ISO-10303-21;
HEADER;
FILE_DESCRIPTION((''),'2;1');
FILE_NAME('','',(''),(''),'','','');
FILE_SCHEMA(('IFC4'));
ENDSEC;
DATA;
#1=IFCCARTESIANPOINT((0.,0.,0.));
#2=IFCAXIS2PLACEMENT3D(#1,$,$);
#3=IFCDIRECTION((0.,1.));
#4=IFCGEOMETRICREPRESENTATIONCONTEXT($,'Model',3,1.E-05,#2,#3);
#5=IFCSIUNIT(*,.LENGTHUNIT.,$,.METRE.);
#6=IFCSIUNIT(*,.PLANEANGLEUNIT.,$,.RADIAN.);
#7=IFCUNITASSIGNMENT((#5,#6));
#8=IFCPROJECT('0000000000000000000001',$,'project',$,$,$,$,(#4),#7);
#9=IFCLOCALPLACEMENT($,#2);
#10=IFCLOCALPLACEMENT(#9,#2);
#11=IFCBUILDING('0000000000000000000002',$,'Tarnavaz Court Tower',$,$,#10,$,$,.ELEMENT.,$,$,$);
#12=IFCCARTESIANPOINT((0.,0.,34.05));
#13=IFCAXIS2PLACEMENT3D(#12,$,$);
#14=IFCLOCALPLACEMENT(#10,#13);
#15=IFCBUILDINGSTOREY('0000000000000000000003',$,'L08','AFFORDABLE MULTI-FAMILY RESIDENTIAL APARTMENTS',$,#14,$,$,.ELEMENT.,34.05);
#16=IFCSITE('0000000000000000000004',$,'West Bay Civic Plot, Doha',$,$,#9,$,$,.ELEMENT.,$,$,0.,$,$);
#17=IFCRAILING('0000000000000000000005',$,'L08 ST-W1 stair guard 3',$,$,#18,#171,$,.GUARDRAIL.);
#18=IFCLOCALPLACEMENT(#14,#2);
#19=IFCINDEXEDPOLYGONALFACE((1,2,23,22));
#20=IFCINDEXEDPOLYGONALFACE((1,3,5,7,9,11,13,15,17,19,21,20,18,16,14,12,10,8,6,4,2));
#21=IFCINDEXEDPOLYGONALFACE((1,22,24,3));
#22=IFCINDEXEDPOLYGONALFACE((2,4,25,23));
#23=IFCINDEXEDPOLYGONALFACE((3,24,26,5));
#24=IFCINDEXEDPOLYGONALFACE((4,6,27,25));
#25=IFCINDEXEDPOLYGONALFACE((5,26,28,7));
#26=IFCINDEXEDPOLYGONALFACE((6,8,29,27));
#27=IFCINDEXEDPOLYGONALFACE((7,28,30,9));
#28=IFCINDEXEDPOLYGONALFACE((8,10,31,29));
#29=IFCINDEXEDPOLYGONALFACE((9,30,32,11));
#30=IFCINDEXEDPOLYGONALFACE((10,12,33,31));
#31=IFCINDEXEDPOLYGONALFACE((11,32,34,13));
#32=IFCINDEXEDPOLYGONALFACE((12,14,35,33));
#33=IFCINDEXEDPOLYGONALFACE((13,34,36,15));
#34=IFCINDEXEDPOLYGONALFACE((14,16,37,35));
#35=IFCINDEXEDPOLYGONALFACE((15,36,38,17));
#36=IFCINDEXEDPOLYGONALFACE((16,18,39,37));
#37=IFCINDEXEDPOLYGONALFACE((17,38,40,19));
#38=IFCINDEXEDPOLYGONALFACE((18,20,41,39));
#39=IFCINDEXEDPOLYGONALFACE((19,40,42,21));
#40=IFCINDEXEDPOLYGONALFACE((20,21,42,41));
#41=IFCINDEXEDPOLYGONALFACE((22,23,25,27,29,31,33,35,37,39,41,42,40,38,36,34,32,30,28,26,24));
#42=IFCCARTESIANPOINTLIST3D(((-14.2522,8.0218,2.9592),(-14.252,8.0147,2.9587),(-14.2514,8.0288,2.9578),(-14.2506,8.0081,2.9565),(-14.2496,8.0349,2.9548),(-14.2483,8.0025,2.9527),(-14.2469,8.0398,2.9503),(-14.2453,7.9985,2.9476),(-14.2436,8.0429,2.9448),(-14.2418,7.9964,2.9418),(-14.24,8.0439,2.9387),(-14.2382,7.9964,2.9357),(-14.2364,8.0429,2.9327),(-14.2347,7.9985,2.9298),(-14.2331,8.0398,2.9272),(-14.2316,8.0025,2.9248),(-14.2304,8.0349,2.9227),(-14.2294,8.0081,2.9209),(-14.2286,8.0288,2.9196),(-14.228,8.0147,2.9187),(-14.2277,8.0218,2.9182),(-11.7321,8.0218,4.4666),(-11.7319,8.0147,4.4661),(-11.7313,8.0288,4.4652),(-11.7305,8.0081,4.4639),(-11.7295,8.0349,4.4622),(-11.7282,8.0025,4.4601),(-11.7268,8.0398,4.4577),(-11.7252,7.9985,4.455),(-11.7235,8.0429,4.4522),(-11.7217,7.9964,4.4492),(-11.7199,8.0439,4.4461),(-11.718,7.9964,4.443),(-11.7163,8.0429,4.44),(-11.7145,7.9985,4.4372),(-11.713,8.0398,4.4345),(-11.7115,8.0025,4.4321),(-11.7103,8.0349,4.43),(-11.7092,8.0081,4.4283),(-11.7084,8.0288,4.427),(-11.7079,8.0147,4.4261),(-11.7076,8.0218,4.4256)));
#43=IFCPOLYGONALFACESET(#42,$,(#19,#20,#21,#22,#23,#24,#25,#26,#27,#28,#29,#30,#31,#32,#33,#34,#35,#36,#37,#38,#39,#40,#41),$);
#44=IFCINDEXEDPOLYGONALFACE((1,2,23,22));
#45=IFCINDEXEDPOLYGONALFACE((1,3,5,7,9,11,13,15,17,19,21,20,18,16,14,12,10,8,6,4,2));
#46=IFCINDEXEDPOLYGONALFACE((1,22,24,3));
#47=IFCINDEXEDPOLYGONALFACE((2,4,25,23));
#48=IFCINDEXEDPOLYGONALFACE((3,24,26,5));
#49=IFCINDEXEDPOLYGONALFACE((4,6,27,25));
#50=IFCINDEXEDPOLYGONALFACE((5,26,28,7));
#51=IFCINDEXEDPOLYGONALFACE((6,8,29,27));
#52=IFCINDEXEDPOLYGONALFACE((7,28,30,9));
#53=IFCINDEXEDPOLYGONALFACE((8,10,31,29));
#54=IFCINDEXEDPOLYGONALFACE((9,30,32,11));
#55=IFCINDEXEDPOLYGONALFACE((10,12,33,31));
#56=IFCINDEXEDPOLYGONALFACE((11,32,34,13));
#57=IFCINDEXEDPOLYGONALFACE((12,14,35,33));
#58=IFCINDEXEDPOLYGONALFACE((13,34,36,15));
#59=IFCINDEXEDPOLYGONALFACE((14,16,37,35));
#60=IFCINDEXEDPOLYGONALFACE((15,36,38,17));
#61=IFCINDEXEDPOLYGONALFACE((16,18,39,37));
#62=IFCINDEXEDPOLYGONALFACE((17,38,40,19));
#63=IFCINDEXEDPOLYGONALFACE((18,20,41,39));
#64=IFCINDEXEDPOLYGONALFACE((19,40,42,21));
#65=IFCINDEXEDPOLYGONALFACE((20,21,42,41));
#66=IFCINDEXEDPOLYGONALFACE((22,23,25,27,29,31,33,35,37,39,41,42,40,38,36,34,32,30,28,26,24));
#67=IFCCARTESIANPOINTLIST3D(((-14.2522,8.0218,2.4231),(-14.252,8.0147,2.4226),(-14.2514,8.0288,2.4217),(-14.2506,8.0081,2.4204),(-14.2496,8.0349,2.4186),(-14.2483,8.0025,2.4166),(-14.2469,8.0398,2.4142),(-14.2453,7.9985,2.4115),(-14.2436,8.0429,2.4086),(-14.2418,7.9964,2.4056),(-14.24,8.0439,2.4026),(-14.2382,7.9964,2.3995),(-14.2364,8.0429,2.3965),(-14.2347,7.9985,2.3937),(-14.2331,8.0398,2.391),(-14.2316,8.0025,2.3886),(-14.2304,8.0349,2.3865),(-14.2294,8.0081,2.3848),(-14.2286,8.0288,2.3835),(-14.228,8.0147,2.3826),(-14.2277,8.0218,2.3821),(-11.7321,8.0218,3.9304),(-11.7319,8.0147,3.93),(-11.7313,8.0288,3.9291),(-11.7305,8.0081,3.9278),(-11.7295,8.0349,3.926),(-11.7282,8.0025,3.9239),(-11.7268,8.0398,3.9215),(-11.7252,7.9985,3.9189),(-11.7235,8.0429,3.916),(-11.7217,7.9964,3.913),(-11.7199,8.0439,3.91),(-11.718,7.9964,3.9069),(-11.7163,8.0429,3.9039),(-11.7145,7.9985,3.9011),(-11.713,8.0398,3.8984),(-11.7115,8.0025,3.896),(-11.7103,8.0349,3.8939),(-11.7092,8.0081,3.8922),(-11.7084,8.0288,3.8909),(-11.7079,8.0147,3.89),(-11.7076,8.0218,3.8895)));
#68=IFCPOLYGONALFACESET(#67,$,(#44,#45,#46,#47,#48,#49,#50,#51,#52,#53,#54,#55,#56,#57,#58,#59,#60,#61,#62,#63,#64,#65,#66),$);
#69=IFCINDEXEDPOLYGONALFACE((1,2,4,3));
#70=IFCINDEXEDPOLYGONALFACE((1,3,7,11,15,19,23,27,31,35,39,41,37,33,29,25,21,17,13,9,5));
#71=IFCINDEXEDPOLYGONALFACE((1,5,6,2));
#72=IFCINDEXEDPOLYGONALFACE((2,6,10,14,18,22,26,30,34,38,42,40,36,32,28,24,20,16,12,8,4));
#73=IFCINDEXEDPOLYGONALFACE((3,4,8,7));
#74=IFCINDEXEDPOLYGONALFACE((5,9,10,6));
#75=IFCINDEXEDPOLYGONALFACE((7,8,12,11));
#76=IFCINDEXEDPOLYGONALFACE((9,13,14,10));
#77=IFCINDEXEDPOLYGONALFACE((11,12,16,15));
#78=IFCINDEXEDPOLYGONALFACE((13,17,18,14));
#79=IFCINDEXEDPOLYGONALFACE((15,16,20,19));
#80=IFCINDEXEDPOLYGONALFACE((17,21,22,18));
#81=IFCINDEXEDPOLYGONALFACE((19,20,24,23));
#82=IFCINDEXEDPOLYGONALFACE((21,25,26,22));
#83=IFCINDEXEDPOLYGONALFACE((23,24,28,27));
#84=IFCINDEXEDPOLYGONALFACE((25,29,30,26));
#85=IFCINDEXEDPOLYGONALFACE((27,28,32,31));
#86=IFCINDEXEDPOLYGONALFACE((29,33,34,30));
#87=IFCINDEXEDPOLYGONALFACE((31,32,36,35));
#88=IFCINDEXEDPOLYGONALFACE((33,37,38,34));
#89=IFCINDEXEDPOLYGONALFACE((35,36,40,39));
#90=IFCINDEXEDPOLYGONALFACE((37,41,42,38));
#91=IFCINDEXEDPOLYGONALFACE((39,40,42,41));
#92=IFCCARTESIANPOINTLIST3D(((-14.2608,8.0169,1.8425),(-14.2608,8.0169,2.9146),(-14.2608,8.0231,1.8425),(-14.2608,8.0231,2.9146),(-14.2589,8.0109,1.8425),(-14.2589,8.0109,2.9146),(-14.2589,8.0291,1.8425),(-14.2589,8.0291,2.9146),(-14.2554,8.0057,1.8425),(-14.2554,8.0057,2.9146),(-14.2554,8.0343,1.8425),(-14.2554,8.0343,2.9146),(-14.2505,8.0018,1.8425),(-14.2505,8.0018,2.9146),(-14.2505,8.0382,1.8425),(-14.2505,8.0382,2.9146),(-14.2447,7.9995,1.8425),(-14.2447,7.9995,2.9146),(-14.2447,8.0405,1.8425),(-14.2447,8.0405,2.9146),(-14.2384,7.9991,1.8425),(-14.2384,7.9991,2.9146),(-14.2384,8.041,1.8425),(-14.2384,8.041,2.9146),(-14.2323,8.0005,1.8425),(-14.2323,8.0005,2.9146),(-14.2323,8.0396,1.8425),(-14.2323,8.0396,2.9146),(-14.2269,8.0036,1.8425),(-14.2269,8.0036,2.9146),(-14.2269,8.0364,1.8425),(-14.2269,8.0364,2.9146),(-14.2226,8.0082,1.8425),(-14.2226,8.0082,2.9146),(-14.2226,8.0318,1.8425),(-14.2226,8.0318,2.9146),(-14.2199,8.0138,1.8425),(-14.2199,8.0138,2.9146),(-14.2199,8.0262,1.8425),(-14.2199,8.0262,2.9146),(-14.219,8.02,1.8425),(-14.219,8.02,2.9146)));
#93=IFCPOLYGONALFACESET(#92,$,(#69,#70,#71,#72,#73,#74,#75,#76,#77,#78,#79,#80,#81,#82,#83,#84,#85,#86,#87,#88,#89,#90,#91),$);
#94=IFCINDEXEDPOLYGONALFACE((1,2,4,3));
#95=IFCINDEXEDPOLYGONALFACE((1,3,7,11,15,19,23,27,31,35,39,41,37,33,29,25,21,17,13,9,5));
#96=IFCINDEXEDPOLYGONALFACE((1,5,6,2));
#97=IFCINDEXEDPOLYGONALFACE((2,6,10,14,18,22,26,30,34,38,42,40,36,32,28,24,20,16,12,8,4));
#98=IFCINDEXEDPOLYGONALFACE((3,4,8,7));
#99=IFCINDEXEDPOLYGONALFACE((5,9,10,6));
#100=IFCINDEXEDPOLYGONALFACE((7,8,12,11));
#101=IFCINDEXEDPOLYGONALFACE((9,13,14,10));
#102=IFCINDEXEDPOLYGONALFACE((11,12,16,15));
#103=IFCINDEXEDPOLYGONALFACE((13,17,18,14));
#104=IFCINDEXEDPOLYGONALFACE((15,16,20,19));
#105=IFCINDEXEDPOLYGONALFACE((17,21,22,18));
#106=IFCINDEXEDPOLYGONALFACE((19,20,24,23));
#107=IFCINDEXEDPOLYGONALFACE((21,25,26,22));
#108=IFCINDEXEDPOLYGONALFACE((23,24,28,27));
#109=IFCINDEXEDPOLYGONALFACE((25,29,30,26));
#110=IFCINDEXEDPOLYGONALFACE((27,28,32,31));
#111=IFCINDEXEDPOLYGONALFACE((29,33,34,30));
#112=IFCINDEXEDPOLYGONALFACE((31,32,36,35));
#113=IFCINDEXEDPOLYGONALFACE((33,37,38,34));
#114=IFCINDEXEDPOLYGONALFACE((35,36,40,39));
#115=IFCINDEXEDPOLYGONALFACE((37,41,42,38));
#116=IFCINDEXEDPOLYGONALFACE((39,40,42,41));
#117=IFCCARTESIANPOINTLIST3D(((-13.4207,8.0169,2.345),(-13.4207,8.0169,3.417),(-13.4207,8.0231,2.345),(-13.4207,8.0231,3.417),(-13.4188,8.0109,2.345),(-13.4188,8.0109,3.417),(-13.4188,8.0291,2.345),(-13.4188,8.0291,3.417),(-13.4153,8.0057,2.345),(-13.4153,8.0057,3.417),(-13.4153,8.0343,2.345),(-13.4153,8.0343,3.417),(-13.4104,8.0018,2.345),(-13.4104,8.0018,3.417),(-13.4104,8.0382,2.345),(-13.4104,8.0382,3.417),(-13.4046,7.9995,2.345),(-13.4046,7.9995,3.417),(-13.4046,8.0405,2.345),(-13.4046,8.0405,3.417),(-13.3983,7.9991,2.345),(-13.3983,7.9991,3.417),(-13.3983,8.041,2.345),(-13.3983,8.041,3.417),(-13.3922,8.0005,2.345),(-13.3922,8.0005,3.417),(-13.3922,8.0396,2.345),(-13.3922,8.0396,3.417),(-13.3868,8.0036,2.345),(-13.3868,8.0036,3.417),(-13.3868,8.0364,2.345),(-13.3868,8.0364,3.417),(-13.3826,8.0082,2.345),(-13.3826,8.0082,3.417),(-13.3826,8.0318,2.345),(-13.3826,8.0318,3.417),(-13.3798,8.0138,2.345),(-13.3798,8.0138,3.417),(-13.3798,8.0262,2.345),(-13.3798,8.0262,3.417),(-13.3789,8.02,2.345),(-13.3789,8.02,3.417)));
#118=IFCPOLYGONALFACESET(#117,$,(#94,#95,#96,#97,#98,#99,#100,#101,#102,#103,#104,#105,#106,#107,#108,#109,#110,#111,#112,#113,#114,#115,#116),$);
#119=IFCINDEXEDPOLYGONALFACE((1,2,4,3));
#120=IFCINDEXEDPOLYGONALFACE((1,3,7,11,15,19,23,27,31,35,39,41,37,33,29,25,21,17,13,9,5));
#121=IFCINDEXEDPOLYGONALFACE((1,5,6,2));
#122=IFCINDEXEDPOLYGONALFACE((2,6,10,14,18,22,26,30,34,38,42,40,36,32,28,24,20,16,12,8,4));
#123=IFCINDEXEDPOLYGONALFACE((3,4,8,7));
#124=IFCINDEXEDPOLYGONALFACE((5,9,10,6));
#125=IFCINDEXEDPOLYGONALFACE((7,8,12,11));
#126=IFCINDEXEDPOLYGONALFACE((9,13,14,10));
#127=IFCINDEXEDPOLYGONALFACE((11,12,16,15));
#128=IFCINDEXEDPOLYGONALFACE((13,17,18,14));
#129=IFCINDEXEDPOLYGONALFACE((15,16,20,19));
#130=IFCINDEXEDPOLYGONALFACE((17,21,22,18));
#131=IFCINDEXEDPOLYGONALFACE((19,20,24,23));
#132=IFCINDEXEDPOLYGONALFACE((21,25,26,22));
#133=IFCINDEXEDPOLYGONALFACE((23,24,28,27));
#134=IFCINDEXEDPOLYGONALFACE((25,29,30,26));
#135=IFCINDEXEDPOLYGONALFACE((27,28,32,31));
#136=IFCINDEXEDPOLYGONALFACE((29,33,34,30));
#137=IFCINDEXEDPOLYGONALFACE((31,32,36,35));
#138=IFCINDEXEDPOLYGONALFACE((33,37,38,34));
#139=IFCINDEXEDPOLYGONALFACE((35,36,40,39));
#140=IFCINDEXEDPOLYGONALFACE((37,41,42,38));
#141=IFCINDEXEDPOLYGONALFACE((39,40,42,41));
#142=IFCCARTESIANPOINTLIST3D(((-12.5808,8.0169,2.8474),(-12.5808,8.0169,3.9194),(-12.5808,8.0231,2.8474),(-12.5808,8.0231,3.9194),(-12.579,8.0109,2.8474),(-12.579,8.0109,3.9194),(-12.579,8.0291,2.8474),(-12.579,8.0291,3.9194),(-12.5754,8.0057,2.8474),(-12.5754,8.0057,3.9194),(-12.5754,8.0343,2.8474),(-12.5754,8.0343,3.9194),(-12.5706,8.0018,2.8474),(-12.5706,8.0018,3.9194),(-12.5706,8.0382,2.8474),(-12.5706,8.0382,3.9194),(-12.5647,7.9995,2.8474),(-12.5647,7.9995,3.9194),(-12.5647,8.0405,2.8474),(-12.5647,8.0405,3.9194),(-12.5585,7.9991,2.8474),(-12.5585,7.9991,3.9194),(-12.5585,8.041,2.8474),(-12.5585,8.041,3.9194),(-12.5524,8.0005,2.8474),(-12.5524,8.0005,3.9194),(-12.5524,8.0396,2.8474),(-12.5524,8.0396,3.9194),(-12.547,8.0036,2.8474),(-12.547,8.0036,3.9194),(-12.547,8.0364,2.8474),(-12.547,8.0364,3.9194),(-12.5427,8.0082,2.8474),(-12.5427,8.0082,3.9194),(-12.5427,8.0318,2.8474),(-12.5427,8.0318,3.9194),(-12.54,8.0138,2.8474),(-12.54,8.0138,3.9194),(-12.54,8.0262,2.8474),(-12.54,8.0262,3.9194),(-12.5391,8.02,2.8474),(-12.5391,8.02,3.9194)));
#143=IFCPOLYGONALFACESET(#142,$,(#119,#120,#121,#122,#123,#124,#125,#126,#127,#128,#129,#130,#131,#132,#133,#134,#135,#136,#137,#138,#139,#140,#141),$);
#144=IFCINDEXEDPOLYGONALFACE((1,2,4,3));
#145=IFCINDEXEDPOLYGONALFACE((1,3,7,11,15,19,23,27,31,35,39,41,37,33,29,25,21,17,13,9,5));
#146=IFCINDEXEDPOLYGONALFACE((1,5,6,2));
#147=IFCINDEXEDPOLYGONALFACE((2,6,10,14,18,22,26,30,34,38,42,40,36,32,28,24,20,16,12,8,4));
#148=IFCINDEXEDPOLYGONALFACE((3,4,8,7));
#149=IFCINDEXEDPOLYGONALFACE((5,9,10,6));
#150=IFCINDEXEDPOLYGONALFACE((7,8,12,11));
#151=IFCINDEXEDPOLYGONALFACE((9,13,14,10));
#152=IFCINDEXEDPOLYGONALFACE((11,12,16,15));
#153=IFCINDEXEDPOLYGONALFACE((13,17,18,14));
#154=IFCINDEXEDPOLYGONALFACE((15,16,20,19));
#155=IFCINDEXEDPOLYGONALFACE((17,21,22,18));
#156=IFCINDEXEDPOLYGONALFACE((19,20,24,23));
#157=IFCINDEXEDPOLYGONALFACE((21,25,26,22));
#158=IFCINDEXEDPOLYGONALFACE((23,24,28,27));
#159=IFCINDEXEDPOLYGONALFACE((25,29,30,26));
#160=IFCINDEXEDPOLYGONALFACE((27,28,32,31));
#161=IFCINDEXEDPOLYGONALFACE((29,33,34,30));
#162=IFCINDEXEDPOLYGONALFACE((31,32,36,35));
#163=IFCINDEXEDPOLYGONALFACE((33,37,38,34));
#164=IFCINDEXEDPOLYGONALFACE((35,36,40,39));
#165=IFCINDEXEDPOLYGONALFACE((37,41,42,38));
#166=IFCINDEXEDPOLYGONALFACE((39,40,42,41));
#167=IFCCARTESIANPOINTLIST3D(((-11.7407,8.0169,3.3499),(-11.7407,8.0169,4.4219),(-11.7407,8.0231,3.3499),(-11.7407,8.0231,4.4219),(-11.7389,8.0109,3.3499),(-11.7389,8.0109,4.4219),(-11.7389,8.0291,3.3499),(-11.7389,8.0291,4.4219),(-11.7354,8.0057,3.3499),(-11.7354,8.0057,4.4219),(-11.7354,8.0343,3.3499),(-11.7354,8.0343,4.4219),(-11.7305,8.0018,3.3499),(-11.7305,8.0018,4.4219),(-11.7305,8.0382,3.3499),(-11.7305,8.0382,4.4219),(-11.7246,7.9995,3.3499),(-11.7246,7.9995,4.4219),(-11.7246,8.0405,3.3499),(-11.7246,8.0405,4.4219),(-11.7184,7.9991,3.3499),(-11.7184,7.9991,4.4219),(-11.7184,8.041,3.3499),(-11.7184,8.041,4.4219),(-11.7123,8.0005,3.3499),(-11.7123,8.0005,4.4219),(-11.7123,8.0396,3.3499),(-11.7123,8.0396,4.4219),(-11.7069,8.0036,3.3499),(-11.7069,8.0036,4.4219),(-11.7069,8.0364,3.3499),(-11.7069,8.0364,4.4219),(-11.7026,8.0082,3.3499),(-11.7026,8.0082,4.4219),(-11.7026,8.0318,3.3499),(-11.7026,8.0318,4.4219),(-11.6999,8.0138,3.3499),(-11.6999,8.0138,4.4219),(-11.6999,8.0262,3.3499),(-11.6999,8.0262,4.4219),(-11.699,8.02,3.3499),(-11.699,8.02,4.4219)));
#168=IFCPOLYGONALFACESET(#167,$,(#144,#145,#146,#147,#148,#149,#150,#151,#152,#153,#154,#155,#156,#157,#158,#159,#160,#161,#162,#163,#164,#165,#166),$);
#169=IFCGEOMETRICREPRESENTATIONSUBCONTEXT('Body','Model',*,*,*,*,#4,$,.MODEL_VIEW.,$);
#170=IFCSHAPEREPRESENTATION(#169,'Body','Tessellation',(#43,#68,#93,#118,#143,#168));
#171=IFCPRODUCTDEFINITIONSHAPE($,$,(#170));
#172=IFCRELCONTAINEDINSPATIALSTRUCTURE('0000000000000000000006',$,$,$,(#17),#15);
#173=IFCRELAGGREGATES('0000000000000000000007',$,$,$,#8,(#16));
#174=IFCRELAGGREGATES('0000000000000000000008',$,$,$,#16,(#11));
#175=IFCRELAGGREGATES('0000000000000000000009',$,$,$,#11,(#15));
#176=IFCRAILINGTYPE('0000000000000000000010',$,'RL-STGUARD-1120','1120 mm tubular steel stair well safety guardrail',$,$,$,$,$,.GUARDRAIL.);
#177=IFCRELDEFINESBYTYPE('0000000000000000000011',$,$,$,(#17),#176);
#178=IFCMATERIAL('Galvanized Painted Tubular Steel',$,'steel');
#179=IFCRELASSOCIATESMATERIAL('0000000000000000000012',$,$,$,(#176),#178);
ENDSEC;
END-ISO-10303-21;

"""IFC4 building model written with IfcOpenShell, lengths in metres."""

from ifc_helpers import new_model, si_unit, direction, frame, origin, origin_2d, place, context, subcontext, project, spatial, circle, extrude, material, type_object, element, save


model = new_model("IFC4")

# Units and contexts
model_context = context("Model", 3, precision=1e-05, world=origin(), true_north=direction((0.0, 1.0)))
body_context = subcontext(model_context, "Body", "Model", "MODEL_VIEW")
ifc_project = project(units=[si_unit("LENGTHUNIT", "METRE"), si_unit("PLANEANGLEUNIT", "RADIAN")], contexts=[model_context])

# Site, building, storey
site_placement = place(None, origin())
site = spatial("IfcSite", under=ifc_project, at=site_placement, Name="West Bay Civic Plot, Doha", CompositionType="ELEMENT", RefElevation=0.0)
building_placement = place(site_placement, origin())
building = spatial("IfcBuilding", under=site, at=building_placement, Name="Tarnavaz Court Tower", CompositionType="ELEMENT")
storey_placement = place(building_placement, frame((0.0, 0.0, 34.05)))
storey = spatial("IfcBuildingStorey", under=building, at=storey_placement, Name="L08", Description="AFFORDABLE MULTI-FAMILY RESIDENTIAL APARTMENTS", CompositionType="ELEMENT", Elevation=34.05)

# Railing
ifc_material_1 = material(Name="Galvanized Painted Tubular Steel", Category="steel")
railing_type_1 = type_object("IfcRailingType", Name="RL-STGUARD-1120", Description="1120 mm tubular steel stair well safety guardrail", PredefinedType="GUARDRAIL", material=ifc_material_1)
railing_1_placement = place(storey_placement, frame((-14.24, 8.02, 1.8425)))
element("IfcRailing", 1, at=railing_1_placement, inside=storey, type_object=railing_type_1, Name="L08 ST-W1 stair guard 3", PredefinedType="GUARDRAIL", context=body_context, shape_type="SweptSolid", body=[
    extrude(circle(Radius=0.0239, at=origin_2d()), frame((0.0, 0.0, 1.0962), z_axis=(0.858196, 0.0, 0.513321), x_axis=(0.0, 1.0, 0.0)), (0.0, 0.0, 1.0), 2.9365),
    extrude(circle(Radius=0.0239, at=origin_2d()), frame((0.0, 0.0, 0.5601), z_axis=(0.858196, 0.0, 0.513321), x_axis=(0.0, 1.0, 0.0)), (0.0, 0.0, 1.0), 2.9365),
    extrude(circle(Radius=0.021, at=origin_2d()), origin(), (0.0, 0.0, 1.0), 1.072),
    extrude(circle(Radius=0.021, at=origin_2d()), frame((0.8401, 0.0, 0.5024)), (0.0, 0.0, 1.0), 1.072),
    extrude(circle(Radius=0.021, at=origin_2d()), frame((1.6799, 0.0, 1.0049)), (0.0, 0.0, 1.0), 1.072),
    extrude(circle(Radius=0.021, at=origin_2d()), frame((2.52, 0.0, 1.5073)), (0.0, 0.0, 1.0), 1.072),
])

save(model, "model.ifc")
